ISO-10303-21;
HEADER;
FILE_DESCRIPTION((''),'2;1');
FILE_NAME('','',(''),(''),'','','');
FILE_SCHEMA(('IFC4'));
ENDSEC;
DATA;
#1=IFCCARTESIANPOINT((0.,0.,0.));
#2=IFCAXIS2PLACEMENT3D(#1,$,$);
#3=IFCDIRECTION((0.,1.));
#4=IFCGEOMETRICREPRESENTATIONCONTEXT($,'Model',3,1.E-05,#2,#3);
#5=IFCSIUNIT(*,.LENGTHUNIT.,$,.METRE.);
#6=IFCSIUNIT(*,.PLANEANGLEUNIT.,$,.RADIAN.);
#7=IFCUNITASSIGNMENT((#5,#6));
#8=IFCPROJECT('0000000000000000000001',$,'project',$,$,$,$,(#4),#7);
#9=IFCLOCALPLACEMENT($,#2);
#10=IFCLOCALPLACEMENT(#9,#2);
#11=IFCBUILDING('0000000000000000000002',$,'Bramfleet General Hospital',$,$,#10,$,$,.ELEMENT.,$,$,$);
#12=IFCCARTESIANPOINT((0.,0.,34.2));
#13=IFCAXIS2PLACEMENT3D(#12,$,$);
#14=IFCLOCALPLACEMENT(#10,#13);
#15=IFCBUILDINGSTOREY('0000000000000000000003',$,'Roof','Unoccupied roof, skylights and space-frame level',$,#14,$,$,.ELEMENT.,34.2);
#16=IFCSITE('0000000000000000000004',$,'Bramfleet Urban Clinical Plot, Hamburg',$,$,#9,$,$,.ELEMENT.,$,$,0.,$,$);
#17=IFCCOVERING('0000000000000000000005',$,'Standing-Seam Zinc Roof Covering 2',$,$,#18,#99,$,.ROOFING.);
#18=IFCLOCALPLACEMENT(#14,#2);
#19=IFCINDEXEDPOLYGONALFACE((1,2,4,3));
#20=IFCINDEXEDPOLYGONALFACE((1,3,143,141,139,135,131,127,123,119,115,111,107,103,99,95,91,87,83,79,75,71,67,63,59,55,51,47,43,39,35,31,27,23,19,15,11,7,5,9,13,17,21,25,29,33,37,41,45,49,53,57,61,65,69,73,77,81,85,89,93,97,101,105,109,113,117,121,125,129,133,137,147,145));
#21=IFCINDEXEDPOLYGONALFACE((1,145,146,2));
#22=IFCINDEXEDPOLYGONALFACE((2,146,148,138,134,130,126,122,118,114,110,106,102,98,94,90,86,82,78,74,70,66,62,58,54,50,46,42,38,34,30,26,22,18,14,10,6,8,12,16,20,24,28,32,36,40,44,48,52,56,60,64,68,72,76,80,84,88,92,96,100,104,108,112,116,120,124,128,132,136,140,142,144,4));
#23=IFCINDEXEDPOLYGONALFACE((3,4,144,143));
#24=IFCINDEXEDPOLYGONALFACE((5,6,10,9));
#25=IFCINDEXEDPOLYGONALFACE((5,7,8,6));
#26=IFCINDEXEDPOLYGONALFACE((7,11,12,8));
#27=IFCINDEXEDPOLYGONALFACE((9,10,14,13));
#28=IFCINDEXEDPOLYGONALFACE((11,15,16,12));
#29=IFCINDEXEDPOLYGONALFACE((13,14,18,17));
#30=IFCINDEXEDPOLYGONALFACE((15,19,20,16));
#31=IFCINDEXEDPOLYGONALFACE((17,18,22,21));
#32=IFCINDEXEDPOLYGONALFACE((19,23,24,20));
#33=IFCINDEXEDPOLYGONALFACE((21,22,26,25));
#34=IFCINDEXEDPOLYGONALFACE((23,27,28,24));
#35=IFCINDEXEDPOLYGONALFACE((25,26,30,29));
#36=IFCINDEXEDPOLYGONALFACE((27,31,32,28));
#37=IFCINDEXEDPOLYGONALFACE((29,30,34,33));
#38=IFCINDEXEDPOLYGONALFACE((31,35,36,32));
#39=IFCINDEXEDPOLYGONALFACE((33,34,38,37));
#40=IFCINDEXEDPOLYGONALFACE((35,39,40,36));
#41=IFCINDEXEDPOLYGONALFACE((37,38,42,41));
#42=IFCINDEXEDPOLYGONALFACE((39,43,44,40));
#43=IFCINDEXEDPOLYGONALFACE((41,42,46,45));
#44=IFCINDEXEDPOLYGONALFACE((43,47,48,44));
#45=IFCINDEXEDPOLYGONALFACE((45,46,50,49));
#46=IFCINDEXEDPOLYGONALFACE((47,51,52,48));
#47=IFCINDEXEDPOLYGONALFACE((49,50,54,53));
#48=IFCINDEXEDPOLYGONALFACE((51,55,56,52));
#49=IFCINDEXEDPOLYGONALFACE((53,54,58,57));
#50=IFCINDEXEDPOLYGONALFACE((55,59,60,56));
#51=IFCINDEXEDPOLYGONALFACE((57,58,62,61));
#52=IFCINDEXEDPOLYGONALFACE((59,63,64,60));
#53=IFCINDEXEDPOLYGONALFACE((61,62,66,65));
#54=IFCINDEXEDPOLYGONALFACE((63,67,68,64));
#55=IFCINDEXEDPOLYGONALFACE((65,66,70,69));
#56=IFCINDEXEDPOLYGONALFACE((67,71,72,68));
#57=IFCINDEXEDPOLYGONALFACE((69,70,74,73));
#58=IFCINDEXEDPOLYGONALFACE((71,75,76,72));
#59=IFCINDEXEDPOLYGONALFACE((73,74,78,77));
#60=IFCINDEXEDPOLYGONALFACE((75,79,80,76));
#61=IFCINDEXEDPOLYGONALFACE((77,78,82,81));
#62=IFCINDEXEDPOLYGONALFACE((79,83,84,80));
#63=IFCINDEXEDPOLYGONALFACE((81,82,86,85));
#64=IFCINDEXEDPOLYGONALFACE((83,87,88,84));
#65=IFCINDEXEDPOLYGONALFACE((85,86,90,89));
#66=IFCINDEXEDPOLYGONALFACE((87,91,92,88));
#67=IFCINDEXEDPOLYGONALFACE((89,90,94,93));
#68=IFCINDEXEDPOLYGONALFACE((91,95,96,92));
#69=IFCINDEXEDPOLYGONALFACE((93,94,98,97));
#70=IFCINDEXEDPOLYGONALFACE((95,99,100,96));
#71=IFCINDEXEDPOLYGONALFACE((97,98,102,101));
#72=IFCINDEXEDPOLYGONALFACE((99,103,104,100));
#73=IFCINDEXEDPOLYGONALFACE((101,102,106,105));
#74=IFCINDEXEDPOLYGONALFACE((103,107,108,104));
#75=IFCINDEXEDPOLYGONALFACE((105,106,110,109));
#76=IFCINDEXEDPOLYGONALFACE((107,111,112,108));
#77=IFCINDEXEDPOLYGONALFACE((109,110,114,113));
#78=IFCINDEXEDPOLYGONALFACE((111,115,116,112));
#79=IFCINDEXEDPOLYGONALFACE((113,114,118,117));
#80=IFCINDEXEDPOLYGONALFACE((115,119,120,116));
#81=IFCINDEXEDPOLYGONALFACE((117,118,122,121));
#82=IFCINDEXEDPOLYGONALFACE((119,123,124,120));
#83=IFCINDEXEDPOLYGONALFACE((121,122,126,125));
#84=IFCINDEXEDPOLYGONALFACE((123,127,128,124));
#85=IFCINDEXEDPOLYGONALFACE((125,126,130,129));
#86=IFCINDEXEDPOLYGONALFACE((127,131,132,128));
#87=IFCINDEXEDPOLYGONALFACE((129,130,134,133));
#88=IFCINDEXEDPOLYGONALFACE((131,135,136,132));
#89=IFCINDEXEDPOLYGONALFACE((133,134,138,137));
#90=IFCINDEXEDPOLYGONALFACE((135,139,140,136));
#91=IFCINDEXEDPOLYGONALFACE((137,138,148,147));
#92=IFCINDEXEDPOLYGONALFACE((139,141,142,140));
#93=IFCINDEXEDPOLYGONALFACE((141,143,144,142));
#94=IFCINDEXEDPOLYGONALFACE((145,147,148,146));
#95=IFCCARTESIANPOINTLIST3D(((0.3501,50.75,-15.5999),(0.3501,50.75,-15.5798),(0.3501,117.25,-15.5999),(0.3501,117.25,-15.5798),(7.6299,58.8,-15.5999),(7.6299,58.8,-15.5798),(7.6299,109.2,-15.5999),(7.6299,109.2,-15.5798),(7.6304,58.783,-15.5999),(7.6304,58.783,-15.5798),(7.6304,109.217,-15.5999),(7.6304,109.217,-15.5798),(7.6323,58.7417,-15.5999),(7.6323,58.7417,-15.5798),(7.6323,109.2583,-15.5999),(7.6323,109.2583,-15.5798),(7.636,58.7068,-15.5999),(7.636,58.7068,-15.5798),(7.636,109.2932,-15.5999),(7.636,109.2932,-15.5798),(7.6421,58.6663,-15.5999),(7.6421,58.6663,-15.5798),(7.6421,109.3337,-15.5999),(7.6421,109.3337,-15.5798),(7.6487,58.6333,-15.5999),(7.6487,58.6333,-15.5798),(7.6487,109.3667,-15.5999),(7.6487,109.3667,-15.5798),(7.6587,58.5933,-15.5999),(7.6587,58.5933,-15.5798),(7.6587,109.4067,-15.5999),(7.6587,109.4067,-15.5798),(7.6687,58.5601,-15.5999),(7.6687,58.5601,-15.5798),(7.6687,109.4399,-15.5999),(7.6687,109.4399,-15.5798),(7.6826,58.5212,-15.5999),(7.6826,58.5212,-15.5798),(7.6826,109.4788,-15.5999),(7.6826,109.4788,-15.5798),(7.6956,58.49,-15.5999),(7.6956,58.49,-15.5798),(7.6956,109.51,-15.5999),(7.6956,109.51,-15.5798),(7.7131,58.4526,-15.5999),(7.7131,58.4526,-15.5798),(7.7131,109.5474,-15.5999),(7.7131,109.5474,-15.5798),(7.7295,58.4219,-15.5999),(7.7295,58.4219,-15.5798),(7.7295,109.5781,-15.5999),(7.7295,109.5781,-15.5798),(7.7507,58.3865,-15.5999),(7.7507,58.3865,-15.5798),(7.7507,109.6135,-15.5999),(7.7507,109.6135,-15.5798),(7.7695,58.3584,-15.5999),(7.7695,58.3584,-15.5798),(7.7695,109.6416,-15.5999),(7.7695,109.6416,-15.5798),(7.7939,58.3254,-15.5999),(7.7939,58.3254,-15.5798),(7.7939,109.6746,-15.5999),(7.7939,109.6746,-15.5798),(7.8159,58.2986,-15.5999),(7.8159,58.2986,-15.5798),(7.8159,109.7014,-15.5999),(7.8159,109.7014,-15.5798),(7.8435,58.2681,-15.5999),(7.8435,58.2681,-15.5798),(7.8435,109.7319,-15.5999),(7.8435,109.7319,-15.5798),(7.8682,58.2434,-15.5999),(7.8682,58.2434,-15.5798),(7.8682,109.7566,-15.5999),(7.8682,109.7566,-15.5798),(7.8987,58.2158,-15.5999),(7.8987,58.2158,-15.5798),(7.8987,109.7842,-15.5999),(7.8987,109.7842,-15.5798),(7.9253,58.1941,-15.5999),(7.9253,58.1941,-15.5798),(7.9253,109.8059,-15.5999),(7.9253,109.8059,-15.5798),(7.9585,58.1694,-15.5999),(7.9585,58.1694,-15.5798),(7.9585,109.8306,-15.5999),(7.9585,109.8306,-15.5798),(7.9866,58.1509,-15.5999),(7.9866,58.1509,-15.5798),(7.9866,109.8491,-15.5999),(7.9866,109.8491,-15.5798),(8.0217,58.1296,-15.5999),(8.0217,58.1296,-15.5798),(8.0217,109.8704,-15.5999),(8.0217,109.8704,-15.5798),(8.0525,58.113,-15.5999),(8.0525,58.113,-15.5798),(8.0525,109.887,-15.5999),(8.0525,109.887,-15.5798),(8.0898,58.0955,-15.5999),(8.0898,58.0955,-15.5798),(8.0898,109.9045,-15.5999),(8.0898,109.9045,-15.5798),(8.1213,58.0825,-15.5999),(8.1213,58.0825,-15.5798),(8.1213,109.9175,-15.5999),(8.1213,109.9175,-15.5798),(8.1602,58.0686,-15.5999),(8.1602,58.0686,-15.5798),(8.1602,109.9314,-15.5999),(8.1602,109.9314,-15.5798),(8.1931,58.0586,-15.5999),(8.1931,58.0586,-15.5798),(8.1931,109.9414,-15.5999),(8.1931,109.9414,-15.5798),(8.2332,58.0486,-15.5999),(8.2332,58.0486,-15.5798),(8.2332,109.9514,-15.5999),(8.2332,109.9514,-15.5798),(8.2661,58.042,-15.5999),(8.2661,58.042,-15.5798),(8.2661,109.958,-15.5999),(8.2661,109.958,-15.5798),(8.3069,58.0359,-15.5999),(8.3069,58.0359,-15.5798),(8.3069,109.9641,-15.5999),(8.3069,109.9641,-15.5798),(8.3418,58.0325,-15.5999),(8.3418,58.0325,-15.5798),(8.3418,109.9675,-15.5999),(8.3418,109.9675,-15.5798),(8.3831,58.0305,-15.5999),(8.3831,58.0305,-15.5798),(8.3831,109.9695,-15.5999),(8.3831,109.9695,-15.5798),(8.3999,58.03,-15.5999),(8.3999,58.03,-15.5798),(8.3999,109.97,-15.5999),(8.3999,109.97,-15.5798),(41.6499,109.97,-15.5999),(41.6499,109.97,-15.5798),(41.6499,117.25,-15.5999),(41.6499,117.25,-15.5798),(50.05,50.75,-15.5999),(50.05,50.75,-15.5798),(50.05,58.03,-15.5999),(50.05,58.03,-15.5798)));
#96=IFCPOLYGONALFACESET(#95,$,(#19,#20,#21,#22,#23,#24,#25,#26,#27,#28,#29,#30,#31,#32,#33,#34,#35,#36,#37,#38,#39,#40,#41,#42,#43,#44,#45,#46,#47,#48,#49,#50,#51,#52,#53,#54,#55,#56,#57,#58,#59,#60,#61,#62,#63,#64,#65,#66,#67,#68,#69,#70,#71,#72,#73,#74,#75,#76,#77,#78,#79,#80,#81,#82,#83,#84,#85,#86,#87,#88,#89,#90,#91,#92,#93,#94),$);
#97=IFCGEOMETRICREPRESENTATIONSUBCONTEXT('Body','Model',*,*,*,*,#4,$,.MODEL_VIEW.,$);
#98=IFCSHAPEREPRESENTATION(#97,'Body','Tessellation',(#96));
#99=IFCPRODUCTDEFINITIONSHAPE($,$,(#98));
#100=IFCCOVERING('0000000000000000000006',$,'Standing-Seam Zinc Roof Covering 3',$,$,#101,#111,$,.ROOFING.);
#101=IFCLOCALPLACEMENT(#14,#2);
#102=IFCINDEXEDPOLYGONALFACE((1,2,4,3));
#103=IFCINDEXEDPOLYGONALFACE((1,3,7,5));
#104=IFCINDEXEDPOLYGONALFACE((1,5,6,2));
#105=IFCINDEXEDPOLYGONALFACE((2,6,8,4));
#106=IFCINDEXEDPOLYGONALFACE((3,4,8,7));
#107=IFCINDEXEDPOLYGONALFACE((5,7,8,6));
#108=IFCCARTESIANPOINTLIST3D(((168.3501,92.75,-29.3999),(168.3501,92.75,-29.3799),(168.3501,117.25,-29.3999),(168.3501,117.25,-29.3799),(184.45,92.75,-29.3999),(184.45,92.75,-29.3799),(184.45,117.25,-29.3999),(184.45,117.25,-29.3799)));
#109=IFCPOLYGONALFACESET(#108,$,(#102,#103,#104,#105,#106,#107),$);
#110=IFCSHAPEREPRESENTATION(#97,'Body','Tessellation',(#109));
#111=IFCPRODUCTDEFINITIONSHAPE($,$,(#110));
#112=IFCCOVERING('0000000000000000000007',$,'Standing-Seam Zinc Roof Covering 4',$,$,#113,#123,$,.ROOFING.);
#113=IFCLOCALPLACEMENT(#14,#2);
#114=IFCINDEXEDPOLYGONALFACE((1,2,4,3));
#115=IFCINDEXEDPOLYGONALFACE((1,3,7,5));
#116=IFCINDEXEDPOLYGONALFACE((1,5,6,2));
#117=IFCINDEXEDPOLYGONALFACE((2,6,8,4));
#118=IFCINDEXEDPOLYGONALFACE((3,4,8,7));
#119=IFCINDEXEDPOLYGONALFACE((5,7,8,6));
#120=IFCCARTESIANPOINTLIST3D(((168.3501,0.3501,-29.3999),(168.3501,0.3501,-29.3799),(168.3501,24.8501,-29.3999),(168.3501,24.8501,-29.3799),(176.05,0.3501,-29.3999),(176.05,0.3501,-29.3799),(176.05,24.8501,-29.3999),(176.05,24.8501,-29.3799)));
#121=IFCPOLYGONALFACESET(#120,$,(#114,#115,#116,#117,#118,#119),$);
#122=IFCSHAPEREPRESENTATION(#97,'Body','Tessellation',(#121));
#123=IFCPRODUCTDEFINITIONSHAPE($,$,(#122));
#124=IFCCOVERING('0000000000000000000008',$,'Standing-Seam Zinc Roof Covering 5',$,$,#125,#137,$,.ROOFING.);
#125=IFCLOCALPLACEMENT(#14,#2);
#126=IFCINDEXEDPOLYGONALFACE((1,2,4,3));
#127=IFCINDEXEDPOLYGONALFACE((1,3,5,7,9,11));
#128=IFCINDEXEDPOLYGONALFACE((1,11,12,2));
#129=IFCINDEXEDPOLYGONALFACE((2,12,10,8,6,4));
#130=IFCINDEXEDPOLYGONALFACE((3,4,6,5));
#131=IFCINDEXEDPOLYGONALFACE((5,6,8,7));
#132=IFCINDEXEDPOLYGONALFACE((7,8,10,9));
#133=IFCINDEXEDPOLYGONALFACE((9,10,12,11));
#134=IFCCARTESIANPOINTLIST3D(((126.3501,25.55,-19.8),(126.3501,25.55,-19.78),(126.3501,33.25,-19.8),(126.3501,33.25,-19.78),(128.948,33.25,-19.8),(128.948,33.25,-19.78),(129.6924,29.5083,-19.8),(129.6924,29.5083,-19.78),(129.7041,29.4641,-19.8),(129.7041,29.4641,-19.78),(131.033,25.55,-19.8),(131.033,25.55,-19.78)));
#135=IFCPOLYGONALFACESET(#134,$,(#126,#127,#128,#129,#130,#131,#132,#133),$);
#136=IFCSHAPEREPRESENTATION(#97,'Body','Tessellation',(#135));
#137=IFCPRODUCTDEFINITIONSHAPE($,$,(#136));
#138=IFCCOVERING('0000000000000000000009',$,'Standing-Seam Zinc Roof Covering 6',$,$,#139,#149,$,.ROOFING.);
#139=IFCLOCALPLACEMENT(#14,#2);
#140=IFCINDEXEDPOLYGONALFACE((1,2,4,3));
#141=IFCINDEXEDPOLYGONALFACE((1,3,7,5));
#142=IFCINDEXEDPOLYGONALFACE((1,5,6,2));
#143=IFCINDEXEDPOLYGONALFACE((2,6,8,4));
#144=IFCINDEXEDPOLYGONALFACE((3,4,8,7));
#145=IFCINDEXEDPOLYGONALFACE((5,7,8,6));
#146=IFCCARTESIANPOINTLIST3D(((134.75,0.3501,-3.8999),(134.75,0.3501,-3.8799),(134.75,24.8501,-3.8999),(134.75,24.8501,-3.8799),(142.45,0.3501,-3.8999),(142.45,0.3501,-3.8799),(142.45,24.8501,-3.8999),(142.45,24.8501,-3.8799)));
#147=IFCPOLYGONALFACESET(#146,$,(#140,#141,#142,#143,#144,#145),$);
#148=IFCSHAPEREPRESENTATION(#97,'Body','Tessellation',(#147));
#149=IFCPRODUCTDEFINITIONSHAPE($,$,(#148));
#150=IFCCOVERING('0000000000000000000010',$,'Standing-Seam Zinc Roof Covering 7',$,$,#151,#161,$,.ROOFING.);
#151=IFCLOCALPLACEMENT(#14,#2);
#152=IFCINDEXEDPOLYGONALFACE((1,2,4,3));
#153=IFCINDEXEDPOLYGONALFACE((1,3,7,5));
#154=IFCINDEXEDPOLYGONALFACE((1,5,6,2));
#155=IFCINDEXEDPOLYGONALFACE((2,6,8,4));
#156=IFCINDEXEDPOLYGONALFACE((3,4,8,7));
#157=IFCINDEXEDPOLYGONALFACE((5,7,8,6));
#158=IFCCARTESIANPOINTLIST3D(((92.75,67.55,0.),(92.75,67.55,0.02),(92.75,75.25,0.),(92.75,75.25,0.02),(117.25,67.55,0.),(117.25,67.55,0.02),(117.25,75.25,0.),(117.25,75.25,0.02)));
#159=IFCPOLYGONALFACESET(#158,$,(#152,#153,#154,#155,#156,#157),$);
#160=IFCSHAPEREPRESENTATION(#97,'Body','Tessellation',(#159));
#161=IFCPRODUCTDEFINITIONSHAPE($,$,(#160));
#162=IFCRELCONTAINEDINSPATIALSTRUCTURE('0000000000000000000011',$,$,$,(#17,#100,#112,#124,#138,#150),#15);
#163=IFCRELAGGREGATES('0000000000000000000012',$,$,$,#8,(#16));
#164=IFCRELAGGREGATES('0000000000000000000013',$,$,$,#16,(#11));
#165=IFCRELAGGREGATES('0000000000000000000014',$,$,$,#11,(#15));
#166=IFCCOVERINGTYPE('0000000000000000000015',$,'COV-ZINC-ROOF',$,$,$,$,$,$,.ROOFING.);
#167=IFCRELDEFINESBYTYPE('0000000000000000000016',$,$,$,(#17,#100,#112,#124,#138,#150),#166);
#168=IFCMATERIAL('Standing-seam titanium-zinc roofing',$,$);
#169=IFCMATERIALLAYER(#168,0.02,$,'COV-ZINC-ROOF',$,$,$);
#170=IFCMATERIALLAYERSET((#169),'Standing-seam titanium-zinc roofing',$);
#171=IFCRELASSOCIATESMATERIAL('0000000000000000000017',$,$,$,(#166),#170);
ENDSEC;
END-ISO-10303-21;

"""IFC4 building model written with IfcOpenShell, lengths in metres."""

from ifc_helpers import new_model, si_unit, direction, frame, origin, place, context, subcontext, project, spatial, polyline, outline, extrude, material, layer, layer_set, type_object, element, save


model = new_model("IFC4")

# Units and contexts
model_context = context("Model", 3, precision=1e-05, world=origin(), true_north=direction((0.0, 1.0)))
body_context = subcontext(model_context, "Body", "Model", "MODEL_VIEW")
ifc_project = project(units=[si_unit("LENGTHUNIT", "METRE"), si_unit("PLANEANGLEUNIT", "RADIAN")], contexts=[model_context])

# Site, building, storey
site_placement = place(None, origin())
site = spatial("IfcSite", under=ifc_project, at=site_placement, Name="Bramfleet Urban Clinical Plot, Hamburg", CompositionType="ELEMENT", RefElevation=0.0)
building_placement = place(site_placement, origin())
building = spatial("IfcBuilding", under=site, at=building_placement, Name="Bramfleet General Hospital", CompositionType="ELEMENT")
storey_placement = place(building_placement, frame((0.0, 0.0, 34.2)))
storey = spatial("IfcBuildingStorey", under=building, at=storey_placement, Name="Roof", Description="Unoccupied roof, skylights and space-frame level", CompositionType="ELEMENT", Elevation=34.2)

# Coverings
ifc_material_1 = material(Name="Standing-seam titanium-zinc roofing")
ifc_layer_1 = layer(ifc_material_1, 0.02, Name="COV-ZINC-ROOF")
ifc_layer_set_1 = layer_set([ifc_layer_1], Name="Standing-seam titanium-zinc roofing")
covering_type = type_object("IfcCoveringType", Name="COV-ZINC-ROOF", PredefinedType="ROOFING", material=ifc_layer_set_1)
covering_1_placement = place(storey_placement, frame((0.0, 0.0, -15.5999)))
element("IfcCovering", 1, at=covering_1_placement, inside=storey, type_object=covering_type, Name="Standing-Seam Zinc Roof Covering 2", PredefinedType="ROOFING", context=body_context, shape_type="SweptSolid", body=[
    extrude(outline(polyline([(0.3501, 117.25), (41.6499, 117.25), (41.6499, 109.97), (8.3999, 109.97), (8.3831, 109.9695), (8.3418, 109.9675), (8.3069, 109.9641), (8.2661, 109.958), (8.2332, 109.9514), (8.1931, 109.9414), (8.1602, 109.9314), (8.1213, 109.9175), (8.0898, 109.9045), (8.0525, 109.887), (8.0217, 109.8704), (7.9866, 109.8491), (7.9585, 109.8306), (7.9253, 109.8059), (7.8987, 109.7842), (7.8682, 109.7566), (7.8435, 109.7319), (7.8159, 109.7014), (7.7939, 109.6746), (7.7695, 109.6416), (7.7507, 109.6135), (7.7295, 109.5781), (7.7131, 109.5474), (7.6956, 109.51), (7.6826, 109.4788), (7.6687, 109.4399), (7.6587, 109.4067), (7.6487, 109.3667), (7.6421, 109.3337), (7.636, 109.2932), (7.6323, 109.2583), (7.6304, 109.217), (7.6299, 109.2), (7.6299, 58.8), (7.6304, 58.783), (7.6323, 58.7417), (7.636, 58.7068), (7.6421, 58.6663), (7.6487, 58.6333), (7.6587, 58.5933), (7.6687, 58.5601), (7.6826, 58.5212), (7.6956, 58.49), (7.7131, 58.4526), (7.7295, 58.4219), (7.7507, 58.3865), (7.7695, 58.3584), (7.7939, 58.3254), (7.8159, 58.2986), (7.8435, 58.2681), (7.8682, 58.2434), (7.8987, 58.2158), (7.9253, 58.1941), (7.9585, 58.1694), (7.9866, 58.1509), (8.0217, 58.1296), (8.0525, 58.113), (8.0898, 58.0955), (8.1213, 58.0825), (8.1602, 58.0686), (8.1931, 58.0586), (8.2332, 58.0486), (8.2661, 58.042), (8.3069, 58.0359), (8.3418, 58.0325), (8.3831, 58.0305), (8.3999, 58.03), (50.05, 58.03), (50.05, 50.75), (0.3501, 50.75), (0.3501, 117.25)])), origin(), (0.0, 0.0, 1.0), 0.02),
])
covering_2_placement = place(storey_placement, frame((0.0, 0.0, -29.3999)))
element("IfcCovering", 2, at=covering_2_placement, inside=storey, type_object=covering_type, Name="Standing-Seam Zinc Roof Covering 3", PredefinedType="ROOFING", context=body_context, shape_type="SweptSolid", body=[
    extrude(outline(polyline([(184.45, 92.75), (168.3501, 92.75), (168.3501, 117.25), (184.45, 117.25), (184.45, 92.75)])), origin(), (0.0, 0.0, 1.0), 0.02),
])
covering_3_placement = place(storey_placement, frame((0.0, 0.0, -29.3999)))
element("IfcCovering", 3, at=covering_3_placement, inside=storey, type_object=covering_type, Name="Standing-Seam Zinc Roof Covering 4", PredefinedType="ROOFING", context=body_context, shape_type="SweptSolid", body=[
    extrude(outline(polyline([(168.3501, 0.3501), (168.3501, 24.8501), (176.05, 24.8501), (176.05, 0.3501), (168.3501, 0.3501)])), origin(), (0.0, 0.0, 1.0), 0.02),
])
covering_4_placement = place(storey_placement, frame((0.0, 0.0, -19.8)))
element("IfcCovering", 4, at=covering_4_placement, inside=storey, type_object=covering_type, Name="Standing-Seam Zinc Roof Covering 5", PredefinedType="ROOFING", context=body_context, shape_type="SweptSolid", body=[
    extrude(outline(polyline([(126.3501, 33.25), (128.948, 33.25), (129.6924, 29.5083), (129.7041, 29.4641), (131.033, 25.55), (126.3501, 25.55), (126.3501, 33.25)])), origin(), (0.0, 0.0, 1.0), 0.02),
])
covering_5_placement = place(storey_placement, frame((0.0, 0.0, -3.8999)))
element("IfcCovering", 5, at=covering_5_placement, inside=storey, type_object=covering_type, Name="Standing-Seam Zinc Roof Covering 6", PredefinedType="ROOFING", context=body_context, shape_type="SweptSolid", body=[
    extrude(outline(polyline([(142.45, 0.3501), (134.75, 0.3501), (134.75, 24.8501), (142.45, 24.8501), (142.45, 0.3501)])), origin(), (0.0, 0.0, 1.0), 0.02),
])
covering_6_placement = place(storey_placement, origin())
element("IfcCovering", 6, at=covering_6_placement, inside=storey, type_object=covering_type, Name="Standing-Seam Zinc Roof Covering 7", PredefinedType="ROOFING", context=body_context, shape_type="SweptSolid", body=[
    extrude(outline(polyline([(92.75, 75.25), (117.25, 75.25), (117.25, 67.55), (92.75, 67.55), (92.75, 75.25)])), origin(), (0.0, 0.0, 1.0), 0.02),
])

save(model, "model.ifc")
